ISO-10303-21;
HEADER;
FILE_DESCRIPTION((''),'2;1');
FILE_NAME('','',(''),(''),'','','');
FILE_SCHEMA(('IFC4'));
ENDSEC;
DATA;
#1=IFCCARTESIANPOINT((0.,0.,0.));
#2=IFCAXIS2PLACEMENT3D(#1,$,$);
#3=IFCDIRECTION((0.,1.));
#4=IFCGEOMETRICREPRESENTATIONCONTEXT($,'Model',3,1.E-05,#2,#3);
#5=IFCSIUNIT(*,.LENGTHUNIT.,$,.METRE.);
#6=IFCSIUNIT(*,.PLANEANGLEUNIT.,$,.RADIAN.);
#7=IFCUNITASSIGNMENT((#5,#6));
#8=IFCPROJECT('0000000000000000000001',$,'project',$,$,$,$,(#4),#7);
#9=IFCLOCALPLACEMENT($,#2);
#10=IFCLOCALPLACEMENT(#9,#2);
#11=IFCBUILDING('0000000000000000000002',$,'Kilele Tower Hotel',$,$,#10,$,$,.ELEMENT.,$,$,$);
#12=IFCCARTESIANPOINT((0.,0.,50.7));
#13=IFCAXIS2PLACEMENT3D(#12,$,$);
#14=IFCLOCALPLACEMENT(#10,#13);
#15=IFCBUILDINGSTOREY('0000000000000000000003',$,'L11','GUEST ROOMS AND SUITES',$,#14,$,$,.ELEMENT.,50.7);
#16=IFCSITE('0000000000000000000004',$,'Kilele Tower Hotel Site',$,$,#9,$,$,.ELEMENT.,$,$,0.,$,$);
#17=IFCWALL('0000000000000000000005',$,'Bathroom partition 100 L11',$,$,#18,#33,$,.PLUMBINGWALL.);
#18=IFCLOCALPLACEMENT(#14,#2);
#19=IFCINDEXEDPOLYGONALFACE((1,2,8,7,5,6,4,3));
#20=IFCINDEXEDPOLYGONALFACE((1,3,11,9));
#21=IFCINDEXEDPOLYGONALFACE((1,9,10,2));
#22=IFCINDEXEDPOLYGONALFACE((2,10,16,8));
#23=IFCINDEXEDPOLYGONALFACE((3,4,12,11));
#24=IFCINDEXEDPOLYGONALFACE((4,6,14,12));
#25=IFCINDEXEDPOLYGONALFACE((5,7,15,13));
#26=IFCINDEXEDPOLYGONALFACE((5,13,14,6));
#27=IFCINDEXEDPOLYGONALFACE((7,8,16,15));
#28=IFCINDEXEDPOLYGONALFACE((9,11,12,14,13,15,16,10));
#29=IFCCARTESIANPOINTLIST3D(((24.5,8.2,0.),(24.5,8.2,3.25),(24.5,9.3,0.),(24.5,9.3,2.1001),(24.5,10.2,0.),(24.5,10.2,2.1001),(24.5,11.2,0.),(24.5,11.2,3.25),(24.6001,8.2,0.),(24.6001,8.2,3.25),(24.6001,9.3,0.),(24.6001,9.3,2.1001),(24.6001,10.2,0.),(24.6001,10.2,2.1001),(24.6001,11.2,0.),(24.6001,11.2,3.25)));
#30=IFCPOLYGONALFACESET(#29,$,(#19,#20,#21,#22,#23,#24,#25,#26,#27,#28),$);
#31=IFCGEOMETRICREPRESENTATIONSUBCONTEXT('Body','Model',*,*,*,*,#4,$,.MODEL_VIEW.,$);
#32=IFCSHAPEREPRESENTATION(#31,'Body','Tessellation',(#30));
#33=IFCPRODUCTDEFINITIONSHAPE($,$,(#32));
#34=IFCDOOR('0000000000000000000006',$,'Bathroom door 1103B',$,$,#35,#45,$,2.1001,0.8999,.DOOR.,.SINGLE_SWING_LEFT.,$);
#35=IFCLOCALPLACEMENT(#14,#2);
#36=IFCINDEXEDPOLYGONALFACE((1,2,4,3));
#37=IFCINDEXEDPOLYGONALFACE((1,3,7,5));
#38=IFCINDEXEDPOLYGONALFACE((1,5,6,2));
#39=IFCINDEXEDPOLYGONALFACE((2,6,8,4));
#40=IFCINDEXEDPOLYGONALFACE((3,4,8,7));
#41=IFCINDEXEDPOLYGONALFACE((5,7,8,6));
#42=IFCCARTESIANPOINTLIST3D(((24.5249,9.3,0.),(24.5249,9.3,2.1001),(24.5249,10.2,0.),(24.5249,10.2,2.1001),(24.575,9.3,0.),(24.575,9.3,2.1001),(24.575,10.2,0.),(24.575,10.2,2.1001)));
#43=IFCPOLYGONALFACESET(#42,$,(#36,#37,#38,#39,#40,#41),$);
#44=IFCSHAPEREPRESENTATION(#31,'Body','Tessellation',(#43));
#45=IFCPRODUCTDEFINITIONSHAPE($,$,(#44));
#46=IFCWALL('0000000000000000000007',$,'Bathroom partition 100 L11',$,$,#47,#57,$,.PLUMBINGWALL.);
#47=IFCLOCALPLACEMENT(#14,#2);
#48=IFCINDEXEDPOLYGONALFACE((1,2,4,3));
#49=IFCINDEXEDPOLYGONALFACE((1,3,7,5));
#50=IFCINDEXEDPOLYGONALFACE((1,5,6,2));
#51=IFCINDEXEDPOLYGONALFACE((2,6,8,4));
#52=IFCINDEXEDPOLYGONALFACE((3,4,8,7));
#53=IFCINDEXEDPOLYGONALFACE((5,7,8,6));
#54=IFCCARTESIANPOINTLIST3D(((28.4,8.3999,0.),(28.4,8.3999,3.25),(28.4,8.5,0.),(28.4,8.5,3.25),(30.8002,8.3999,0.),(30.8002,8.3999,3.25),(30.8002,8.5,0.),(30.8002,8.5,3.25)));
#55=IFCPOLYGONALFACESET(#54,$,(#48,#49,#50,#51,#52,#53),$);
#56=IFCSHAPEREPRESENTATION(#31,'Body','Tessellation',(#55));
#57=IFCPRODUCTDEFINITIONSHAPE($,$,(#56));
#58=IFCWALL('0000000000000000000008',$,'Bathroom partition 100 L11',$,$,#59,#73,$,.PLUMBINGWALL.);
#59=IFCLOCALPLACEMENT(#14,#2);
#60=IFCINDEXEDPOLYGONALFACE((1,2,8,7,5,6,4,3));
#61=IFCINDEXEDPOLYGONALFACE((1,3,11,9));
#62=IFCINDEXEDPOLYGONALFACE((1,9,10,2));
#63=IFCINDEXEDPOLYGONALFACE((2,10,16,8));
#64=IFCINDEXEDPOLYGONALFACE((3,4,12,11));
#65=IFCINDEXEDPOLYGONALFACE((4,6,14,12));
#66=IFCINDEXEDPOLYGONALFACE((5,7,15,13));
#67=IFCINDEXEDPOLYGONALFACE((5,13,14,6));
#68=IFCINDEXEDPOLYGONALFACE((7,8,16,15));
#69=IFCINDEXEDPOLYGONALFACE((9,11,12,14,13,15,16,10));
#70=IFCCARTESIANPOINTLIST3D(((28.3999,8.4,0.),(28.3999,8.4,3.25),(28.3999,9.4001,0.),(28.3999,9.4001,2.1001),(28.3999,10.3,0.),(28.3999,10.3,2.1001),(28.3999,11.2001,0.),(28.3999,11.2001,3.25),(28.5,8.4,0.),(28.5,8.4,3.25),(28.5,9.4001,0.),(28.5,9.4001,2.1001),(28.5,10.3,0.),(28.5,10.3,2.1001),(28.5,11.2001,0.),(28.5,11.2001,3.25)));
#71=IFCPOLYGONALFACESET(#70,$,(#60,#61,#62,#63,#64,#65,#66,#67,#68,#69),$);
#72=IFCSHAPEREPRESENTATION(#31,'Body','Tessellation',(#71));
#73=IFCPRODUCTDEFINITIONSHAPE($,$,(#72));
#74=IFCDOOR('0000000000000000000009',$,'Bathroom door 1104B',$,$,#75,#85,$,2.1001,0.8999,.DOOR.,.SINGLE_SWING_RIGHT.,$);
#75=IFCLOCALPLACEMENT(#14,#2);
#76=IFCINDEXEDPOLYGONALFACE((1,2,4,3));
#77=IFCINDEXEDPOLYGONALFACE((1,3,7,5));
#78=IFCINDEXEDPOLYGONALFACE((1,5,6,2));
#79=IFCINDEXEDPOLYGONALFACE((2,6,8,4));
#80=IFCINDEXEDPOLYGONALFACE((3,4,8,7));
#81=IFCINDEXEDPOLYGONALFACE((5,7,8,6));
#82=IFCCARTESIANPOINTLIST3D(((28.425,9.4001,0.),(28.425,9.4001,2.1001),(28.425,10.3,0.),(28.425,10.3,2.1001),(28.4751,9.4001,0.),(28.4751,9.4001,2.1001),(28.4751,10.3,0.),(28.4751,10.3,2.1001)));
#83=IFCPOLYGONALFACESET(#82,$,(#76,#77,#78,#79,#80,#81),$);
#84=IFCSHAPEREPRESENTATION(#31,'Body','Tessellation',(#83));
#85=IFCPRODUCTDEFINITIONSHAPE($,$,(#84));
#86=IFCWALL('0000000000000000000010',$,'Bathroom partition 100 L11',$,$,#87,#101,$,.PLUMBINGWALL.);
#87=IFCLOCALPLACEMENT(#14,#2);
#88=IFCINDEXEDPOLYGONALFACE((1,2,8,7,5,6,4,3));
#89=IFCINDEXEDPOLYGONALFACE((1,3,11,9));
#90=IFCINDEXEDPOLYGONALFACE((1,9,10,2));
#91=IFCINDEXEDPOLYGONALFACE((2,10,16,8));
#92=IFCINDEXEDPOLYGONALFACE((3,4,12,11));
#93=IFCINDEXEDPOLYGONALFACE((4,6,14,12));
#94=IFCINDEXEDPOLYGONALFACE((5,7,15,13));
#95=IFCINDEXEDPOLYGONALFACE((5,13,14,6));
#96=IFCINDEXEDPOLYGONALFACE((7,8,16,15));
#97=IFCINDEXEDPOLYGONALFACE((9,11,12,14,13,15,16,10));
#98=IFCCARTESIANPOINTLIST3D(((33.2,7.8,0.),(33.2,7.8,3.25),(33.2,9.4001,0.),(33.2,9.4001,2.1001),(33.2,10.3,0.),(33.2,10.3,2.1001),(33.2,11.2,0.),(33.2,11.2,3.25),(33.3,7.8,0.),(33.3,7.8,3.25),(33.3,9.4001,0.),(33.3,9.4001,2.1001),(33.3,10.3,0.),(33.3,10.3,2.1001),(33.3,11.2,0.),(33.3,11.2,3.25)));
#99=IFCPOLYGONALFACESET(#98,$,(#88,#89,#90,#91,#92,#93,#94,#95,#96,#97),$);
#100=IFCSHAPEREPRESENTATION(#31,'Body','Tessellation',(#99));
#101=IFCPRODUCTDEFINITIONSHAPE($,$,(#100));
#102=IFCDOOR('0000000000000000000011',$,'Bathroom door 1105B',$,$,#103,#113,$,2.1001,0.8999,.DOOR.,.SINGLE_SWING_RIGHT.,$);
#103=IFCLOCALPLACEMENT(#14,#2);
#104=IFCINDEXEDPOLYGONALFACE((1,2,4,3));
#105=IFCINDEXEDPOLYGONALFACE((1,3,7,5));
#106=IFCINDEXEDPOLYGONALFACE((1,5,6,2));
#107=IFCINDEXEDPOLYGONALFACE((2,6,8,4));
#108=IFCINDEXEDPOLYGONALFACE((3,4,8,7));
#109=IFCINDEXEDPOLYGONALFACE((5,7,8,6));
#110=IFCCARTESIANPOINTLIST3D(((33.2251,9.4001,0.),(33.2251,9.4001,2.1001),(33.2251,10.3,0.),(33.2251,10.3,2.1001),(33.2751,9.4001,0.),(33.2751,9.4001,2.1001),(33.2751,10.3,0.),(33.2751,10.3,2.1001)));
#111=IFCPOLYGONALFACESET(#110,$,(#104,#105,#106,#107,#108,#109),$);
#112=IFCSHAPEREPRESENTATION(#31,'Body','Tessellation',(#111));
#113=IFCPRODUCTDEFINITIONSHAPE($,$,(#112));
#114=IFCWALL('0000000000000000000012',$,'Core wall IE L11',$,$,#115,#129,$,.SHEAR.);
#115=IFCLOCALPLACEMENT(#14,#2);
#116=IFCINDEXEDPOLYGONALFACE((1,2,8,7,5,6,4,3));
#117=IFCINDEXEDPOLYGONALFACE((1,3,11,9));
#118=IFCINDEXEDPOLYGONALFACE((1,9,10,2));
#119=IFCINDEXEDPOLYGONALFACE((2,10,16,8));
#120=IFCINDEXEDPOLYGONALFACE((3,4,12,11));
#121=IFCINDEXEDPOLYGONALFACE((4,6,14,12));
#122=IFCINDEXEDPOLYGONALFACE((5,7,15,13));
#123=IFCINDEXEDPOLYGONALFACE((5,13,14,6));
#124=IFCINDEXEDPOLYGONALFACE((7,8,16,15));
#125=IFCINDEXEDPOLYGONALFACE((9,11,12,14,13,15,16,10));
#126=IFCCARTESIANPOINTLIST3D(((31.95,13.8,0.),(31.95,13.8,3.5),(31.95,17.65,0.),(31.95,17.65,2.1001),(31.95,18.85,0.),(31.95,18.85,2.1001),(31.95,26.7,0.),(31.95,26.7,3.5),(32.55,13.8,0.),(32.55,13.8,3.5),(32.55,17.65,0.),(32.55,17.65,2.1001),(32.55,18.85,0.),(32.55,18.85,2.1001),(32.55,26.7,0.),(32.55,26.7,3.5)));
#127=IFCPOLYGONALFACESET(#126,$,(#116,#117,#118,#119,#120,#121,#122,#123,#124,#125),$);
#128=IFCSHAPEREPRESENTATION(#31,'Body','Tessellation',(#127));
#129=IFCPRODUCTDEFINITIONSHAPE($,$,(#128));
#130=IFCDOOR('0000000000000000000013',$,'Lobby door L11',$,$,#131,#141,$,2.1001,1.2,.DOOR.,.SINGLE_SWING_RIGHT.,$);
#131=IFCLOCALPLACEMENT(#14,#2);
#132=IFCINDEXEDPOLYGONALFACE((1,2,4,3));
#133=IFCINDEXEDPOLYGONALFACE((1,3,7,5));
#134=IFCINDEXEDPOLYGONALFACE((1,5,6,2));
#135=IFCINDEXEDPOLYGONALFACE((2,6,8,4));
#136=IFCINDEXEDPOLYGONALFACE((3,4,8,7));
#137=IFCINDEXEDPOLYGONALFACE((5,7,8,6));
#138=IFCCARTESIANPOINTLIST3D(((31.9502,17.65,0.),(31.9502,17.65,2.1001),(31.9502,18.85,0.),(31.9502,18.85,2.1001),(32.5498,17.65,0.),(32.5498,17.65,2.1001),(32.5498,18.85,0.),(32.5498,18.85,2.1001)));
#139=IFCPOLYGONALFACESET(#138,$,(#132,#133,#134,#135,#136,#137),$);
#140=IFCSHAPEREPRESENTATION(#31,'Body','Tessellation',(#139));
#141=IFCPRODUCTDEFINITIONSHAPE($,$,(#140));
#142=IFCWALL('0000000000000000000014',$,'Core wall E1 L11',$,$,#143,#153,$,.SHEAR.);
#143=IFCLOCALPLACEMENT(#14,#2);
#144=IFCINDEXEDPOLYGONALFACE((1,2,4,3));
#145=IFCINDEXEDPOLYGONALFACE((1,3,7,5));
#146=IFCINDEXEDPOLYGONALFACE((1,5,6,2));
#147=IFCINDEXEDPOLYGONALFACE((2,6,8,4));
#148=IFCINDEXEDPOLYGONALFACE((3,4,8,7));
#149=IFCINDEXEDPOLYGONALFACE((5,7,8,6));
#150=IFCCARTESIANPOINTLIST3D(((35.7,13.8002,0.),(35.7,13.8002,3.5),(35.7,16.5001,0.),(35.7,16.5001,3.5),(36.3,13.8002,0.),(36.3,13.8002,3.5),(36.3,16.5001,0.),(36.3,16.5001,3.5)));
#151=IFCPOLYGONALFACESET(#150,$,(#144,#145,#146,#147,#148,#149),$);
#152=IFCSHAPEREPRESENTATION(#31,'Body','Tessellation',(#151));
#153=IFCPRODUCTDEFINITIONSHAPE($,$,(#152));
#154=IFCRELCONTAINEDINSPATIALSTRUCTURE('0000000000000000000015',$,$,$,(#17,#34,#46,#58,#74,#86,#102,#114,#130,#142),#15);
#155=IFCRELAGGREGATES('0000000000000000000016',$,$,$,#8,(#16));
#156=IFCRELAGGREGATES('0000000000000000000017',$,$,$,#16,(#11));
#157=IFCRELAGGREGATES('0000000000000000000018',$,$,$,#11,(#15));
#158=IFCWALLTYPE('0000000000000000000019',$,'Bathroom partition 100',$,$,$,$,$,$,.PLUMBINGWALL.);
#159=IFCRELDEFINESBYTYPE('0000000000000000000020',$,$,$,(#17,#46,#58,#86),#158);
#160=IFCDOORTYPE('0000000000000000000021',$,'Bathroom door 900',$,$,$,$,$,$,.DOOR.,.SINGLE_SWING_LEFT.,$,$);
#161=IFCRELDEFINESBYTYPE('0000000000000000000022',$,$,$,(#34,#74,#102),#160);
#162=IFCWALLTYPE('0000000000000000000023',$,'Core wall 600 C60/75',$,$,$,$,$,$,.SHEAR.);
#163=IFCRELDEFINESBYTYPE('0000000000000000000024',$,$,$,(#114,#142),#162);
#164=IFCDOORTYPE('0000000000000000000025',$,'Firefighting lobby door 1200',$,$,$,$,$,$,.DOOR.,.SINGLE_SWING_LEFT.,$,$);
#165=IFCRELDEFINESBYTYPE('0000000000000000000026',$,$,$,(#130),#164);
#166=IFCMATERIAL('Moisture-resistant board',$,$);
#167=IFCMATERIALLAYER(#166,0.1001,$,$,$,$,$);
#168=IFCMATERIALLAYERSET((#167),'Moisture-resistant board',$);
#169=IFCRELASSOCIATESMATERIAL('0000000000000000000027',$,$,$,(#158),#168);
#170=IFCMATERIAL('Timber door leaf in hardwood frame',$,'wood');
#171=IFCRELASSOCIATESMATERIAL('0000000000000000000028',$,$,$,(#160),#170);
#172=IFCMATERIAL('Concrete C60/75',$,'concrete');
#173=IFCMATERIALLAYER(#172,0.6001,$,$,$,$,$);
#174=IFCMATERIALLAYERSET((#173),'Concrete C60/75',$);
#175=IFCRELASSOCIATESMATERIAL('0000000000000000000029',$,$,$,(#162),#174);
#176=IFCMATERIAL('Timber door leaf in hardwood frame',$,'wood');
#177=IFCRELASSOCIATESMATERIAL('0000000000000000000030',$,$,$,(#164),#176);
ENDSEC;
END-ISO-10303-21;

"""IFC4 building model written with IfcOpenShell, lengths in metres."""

from ifc_helpers import new_model, si_unit, direction, frame, frame_2d, origin, place, context, subcontext, project, spatial, rectangle, extrude, material, layer, layer_set, type_object, element, fill, save


model = new_model("IFC4")

# Units and contexts
model_context = context("Model", 3, precision=1e-05, world=origin(), true_north=direction((0.0, 1.0)))
body_context = subcontext(model_context, "Body", "Model", "MODEL_VIEW")
ifc_project = project(units=[si_unit("LENGTHUNIT", "METRE"), si_unit("PLANEANGLEUNIT", "RADIAN")], contexts=[model_context])

# Site, building, storey
site_placement = place(None, origin())
site = spatial("IfcSite", under=ifc_project, at=site_placement, Name="Kilele Tower Hotel Site", CompositionType="ELEMENT", RefElevation=0.0)
building_placement = place(site_placement, origin())
building = spatial("IfcBuilding", under=site, at=building_placement, Name="Kilele Tower Hotel", CompositionType="ELEMENT")
storey_placement = place(building_placement, frame((0.0, 0.0, 50.7)))
storey = spatial("IfcBuildingStorey", under=building, at=storey_placement, Name="L11", Description="GUEST ROOMS AND SUITES", CompositionType="ELEMENT", Elevation=50.7)

# Wall, opening, door
ifc_material_1 = material(Name="Moisture-resistant board")
ifc_layer_1 = layer(ifc_material_1, 0.1001)
ifc_layer_set_1 = layer_set([ifc_layer_1], Name="Moisture-resistant board")
wall_type_1 = type_object("IfcWallType", Name="Bathroom partition 100", PredefinedType="PLUMBINGWALL", material=ifc_layer_set_1)
wall_1_placement = place(storey_placement, frame((24.55, 11.2, 0.0), z_axis=(0.0, 0.0, 1.0), x_axis=(0.0, -1.0, 0.0)))
wall_1 = element("IfcWall", 1, at=wall_1_placement, inside=storey, type_object=wall_type_1, Name="Bathroom partition 100 L11", PredefinedType="PLUMBINGWALL", context=body_context, shape_type="SweptSolid", body=[
    extrude(rectangle(XDim=3.0, YDim=0.1001, at=frame_2d((1.5, 0.0))), origin(), (0.0, 0.0, 1.0), 3.25),
])
opening_1_placement = place(wall_1_placement, frame((1.0, 0.0, 0.0)))
opening_1 = element("IfcOpeningElement", 2, at=opening_1_placement, cuts=wall_1, PredefinedType="OPENING", context=body_context, shape_type="SweptSolid", body=[
    extrude(rectangle(XDim=0.8999, YDim=2.1001, at=frame_2d((0.45, 1.05))), frame((0.0, 0.0601, 0.0), z_axis=(0.0, -1.0, 0.0), x_axis=(1.0, 0.0, 0.0)), (0.0, 0.0, 1.0), 0.1201),
])
ifc_material_2 = material(Name="Timber door leaf in hardwood frame", Category="wood")
door_type_1 = type_object("IfcDoorType", Name="Bathroom door 900", OperationType="SINGLE_SWING_LEFT", PredefinedType="DOOR", material=ifc_material_2)
door_1_placement = place(opening_1_placement, origin())
door_1 = element("IfcDoor", 3, at=door_1_placement, inside=storey, type_object=door_type_1, Name="Bathroom door 1103B", OperationType="SINGLE_SWING_LEFT", OverallHeight=2.1001, OverallWidth=0.8999, PredefinedType="DOOR", context=body_context, shape_type="SweptSolid", body=[
    extrude(rectangle(XDim=0.8999, YDim=2.1001, at=frame_2d((0.45, 1.05))), frame((0.0, 0.0249, 0.0), z_axis=(0.0, -1.0, 0.0), x_axis=(1.0, 0.0, 0.0)), (0.0, 0.0, 1.0), 0.05),
])
fill(opening_1, door_1)

# Wall
wall_2_placement = place(storey_placement, frame((28.3999, 8.45, 0.0), z_axis=(0.0, 0.0, 1.0), x_axis=(1.0, 0.0, 0.0)))
element("IfcWall", 4, at=wall_2_placement, inside=storey, type_object=wall_type_1, Name="Bathroom partition 100 L11", PredefinedType="PLUMBINGWALL", context=body_context, shape_type="SweptSolid", body=[
    extrude(rectangle(XDim=2.4001, YDim=0.1001, at=frame_2d((1.2002, 0.0))), origin(), (0.0, 0.0, 1.0), 3.25),
])

# Walls, openings, doors
wall_3_placement = place(storey_placement, frame((28.45, 11.2, 0.0), z_axis=(0.0, 0.0, 1.0), x_axis=(0.0, -1.0, 0.0)))
wall_3 = element("IfcWall", 5, at=wall_3_placement, inside=storey, type_object=wall_type_1, Name="Bathroom partition 100 L11", PredefinedType="PLUMBINGWALL", context=body_context, shape_type="SweptSolid", body=[
    extrude(rectangle(XDim=2.8, YDim=0.1001, at=frame_2d((1.3999, 0.0))), origin(), (0.0, 0.0, 1.0), 3.25),
])
opening_2_placement = place(wall_3_placement, frame((1.7998, 0.0, 0.0), z_axis=(0.0, 0.0, 1.0), x_axis=(-1.0, 0.0, 0.0)))
opening_2 = element("IfcOpeningElement", 6, at=opening_2_placement, cuts=wall_3, PredefinedType="OPENING", context=body_context, shape_type="SweptSolid", body=[
    extrude(rectangle(XDim=0.8999, YDim=2.1001, at=frame_2d((0.45, 1.05))), frame((0.0, 0.0601, 0.0), z_axis=(0.0, -1.0, 0.0), x_axis=(1.0, 0.0, 0.0)), (0.0, 0.0, 1.0), 0.1201),
])
door_2_placement = place(opening_2_placement, origin())
door_2 = element("IfcDoor", 7, at=door_2_placement, inside=storey, type_object=door_type_1, Name="Bathroom door 1104B", OperationType="SINGLE_SWING_RIGHT", OverallHeight=2.1001, OverallWidth=0.8999, PredefinedType="DOOR", context=body_context, shape_type="SweptSolid", body=[
    extrude(rectangle(XDim=0.8999, YDim=2.1001, at=frame_2d((0.45, 1.05))), frame((0.0, 0.0249, 0.0), z_axis=(0.0, -1.0, 0.0), x_axis=(1.0, 0.0, 0.0)), (0.0, 0.0, 1.0), 0.05),
])
fill(opening_2, door_2)
wall_4_placement = place(storey_placement, frame((33.25, 11.2, 0.0), z_axis=(0.0, 0.0, 1.0), x_axis=(0.0, -1.0, 0.0)))
wall_4 = element("IfcWall", 8, at=wall_4_placement, inside=storey, type_object=wall_type_1, Name="Bathroom partition 100 L11", PredefinedType="PLUMBINGWALL", context=body_context, shape_type="SweptSolid", body=[
    extrude(rectangle(XDim=3.3999, YDim=0.1001, at=frame_2d((1.7, 0.0))), origin(), (0.0, 0.0, 1.0), 3.25),
])
opening_3_placement = place(wall_4_placement, frame((1.7998, 0.0, 0.0), z_axis=(0.0, 0.0, 1.0), x_axis=(-1.0, 0.0, 0.0)))
opening_3 = element("IfcOpeningElement", 9, at=opening_3_placement, cuts=wall_4, PredefinedType="OPENING", context=body_context, shape_type="SweptSolid", body=[
    extrude(rectangle(XDim=0.8999, YDim=2.1001, at=frame_2d((0.45, 1.05))), frame((0.0, 0.0601, 0.0), z_axis=(0.0, -1.0, 0.0), x_axis=(1.0, 0.0, 0.0)), (0.0, 0.0, 1.0), 0.1201),
])
door_3_placement = place(opening_3_placement, origin())
door_3 = element("IfcDoor", 10, at=door_3_placement, inside=storey, type_object=door_type_1, Name="Bathroom door 1105B", OperationType="SINGLE_SWING_RIGHT", OverallHeight=2.1001, OverallWidth=0.8999, PredefinedType="DOOR", context=body_context, shape_type="SweptSolid", body=[
    extrude(rectangle(XDim=0.8999, YDim=2.1001, at=frame_2d((0.45, 1.05))), frame((0.0, 0.0249, 0.0), z_axis=(0.0, -1.0, 0.0), x_axis=(1.0, 0.0, 0.0)), (0.0, 0.0, 1.0), 0.05),
])
fill(opening_3, door_3)
ifc_material_3 = material(Name="Concrete C60/75", Category="concrete")
ifc_layer_2 = layer(ifc_material_3, 0.6001)
ifc_layer_set_2 = layer_set([ifc_layer_2], Name="Concrete C60/75")
wall_type_2 = type_object("IfcWallType", Name="Core wall 600 C60/75", PredefinedType="SHEAR", material=ifc_layer_set_2)
wall_5_placement = place(storey_placement, frame((32.25, 13.8, 0.0), z_axis=(0.0, 0.0, 1.0), x_axis=(0.0, 1.0, 0.0)))
wall_5 = element("IfcWall", 11, at=wall_5_placement, inside=storey, type_object=wall_type_2, Name="Core wall IE L11", PredefinedType="SHEAR", context=body_context, shape_type="SweptSolid", body=[
    extrude(rectangle(XDim=12.8999, YDim=0.6001, at=frame_2d((6.45, 0.0))), origin(), (0.0, 0.0, 1.0), 3.5),
])
opening_4_placement = place(wall_5_placement, frame((5.05, 0.0, 0.0), z_axis=(0.0, 0.0, 1.0), x_axis=(-1.0, 0.0, 0.0)))
opening_4 = element("IfcOpeningElement", 12, at=opening_4_placement, cuts=wall_5, PredefinedType="OPENING", context=body_context, shape_type="SweptSolid", body=[
    extrude(rectangle(XDim=1.2, YDim=2.1001, at=frame_2d((0.6001, 1.05))), frame((0.0, 0.3101, 0.0), z_axis=(0.0, -1.0, 0.0), x_axis=(1.0, 0.0, 0.0)), (0.0, 0.0, 1.0), 0.6201),
])
ifc_material_4 = material(Name="Timber door leaf in hardwood frame", Category="wood")
door_type_2 = type_object("IfcDoorType", Name="Firefighting lobby door 1200", OperationType="SINGLE_SWING_LEFT", PredefinedType="DOOR", material=ifc_material_4)
door_4_placement = place(opening_4_placement, origin())
door_4 = element("IfcDoor", 13, at=door_4_placement, inside=storey, type_object=door_type_2, Name="Lobby door L11", OperationType="SINGLE_SWING_RIGHT", OverallHeight=2.1001, OverallWidth=1.2, PredefinedType="DOOR", context=body_context, shape_type="SweptSolid", body=[
    extrude(rectangle(XDim=1.2, YDim=2.1001, at=frame_2d((0.6001, 1.05))), frame((0.0, 0.2998, 0.0), z_axis=(0.0, -1.0, 0.0), x_axis=(1.0, 0.0, 0.0)), (0.0, 0.0, 1.0), 0.5996),
])
fill(opening_4, door_4)

# Wall
wall_6_placement = place(storey_placement, frame((36.0, 13.8, 0.0), z_axis=(0.0, 0.0, 1.0), x_axis=(0.0, 1.0, 0.0)))
element("IfcWall", 14, at=wall_6_placement, inside=storey, type_object=wall_type_2, Name="Core wall E1 L11", PredefinedType="SHEAR", context=body_context, shape_type="SweptSolid", body=[
    extrude(rectangle(XDim=2.7, YDim=0.6001, at=frame_2d((1.3501, 0.0))), origin(), (0.0, 0.0, 1.0), 3.5),
])

save(model, "model.ifc")
